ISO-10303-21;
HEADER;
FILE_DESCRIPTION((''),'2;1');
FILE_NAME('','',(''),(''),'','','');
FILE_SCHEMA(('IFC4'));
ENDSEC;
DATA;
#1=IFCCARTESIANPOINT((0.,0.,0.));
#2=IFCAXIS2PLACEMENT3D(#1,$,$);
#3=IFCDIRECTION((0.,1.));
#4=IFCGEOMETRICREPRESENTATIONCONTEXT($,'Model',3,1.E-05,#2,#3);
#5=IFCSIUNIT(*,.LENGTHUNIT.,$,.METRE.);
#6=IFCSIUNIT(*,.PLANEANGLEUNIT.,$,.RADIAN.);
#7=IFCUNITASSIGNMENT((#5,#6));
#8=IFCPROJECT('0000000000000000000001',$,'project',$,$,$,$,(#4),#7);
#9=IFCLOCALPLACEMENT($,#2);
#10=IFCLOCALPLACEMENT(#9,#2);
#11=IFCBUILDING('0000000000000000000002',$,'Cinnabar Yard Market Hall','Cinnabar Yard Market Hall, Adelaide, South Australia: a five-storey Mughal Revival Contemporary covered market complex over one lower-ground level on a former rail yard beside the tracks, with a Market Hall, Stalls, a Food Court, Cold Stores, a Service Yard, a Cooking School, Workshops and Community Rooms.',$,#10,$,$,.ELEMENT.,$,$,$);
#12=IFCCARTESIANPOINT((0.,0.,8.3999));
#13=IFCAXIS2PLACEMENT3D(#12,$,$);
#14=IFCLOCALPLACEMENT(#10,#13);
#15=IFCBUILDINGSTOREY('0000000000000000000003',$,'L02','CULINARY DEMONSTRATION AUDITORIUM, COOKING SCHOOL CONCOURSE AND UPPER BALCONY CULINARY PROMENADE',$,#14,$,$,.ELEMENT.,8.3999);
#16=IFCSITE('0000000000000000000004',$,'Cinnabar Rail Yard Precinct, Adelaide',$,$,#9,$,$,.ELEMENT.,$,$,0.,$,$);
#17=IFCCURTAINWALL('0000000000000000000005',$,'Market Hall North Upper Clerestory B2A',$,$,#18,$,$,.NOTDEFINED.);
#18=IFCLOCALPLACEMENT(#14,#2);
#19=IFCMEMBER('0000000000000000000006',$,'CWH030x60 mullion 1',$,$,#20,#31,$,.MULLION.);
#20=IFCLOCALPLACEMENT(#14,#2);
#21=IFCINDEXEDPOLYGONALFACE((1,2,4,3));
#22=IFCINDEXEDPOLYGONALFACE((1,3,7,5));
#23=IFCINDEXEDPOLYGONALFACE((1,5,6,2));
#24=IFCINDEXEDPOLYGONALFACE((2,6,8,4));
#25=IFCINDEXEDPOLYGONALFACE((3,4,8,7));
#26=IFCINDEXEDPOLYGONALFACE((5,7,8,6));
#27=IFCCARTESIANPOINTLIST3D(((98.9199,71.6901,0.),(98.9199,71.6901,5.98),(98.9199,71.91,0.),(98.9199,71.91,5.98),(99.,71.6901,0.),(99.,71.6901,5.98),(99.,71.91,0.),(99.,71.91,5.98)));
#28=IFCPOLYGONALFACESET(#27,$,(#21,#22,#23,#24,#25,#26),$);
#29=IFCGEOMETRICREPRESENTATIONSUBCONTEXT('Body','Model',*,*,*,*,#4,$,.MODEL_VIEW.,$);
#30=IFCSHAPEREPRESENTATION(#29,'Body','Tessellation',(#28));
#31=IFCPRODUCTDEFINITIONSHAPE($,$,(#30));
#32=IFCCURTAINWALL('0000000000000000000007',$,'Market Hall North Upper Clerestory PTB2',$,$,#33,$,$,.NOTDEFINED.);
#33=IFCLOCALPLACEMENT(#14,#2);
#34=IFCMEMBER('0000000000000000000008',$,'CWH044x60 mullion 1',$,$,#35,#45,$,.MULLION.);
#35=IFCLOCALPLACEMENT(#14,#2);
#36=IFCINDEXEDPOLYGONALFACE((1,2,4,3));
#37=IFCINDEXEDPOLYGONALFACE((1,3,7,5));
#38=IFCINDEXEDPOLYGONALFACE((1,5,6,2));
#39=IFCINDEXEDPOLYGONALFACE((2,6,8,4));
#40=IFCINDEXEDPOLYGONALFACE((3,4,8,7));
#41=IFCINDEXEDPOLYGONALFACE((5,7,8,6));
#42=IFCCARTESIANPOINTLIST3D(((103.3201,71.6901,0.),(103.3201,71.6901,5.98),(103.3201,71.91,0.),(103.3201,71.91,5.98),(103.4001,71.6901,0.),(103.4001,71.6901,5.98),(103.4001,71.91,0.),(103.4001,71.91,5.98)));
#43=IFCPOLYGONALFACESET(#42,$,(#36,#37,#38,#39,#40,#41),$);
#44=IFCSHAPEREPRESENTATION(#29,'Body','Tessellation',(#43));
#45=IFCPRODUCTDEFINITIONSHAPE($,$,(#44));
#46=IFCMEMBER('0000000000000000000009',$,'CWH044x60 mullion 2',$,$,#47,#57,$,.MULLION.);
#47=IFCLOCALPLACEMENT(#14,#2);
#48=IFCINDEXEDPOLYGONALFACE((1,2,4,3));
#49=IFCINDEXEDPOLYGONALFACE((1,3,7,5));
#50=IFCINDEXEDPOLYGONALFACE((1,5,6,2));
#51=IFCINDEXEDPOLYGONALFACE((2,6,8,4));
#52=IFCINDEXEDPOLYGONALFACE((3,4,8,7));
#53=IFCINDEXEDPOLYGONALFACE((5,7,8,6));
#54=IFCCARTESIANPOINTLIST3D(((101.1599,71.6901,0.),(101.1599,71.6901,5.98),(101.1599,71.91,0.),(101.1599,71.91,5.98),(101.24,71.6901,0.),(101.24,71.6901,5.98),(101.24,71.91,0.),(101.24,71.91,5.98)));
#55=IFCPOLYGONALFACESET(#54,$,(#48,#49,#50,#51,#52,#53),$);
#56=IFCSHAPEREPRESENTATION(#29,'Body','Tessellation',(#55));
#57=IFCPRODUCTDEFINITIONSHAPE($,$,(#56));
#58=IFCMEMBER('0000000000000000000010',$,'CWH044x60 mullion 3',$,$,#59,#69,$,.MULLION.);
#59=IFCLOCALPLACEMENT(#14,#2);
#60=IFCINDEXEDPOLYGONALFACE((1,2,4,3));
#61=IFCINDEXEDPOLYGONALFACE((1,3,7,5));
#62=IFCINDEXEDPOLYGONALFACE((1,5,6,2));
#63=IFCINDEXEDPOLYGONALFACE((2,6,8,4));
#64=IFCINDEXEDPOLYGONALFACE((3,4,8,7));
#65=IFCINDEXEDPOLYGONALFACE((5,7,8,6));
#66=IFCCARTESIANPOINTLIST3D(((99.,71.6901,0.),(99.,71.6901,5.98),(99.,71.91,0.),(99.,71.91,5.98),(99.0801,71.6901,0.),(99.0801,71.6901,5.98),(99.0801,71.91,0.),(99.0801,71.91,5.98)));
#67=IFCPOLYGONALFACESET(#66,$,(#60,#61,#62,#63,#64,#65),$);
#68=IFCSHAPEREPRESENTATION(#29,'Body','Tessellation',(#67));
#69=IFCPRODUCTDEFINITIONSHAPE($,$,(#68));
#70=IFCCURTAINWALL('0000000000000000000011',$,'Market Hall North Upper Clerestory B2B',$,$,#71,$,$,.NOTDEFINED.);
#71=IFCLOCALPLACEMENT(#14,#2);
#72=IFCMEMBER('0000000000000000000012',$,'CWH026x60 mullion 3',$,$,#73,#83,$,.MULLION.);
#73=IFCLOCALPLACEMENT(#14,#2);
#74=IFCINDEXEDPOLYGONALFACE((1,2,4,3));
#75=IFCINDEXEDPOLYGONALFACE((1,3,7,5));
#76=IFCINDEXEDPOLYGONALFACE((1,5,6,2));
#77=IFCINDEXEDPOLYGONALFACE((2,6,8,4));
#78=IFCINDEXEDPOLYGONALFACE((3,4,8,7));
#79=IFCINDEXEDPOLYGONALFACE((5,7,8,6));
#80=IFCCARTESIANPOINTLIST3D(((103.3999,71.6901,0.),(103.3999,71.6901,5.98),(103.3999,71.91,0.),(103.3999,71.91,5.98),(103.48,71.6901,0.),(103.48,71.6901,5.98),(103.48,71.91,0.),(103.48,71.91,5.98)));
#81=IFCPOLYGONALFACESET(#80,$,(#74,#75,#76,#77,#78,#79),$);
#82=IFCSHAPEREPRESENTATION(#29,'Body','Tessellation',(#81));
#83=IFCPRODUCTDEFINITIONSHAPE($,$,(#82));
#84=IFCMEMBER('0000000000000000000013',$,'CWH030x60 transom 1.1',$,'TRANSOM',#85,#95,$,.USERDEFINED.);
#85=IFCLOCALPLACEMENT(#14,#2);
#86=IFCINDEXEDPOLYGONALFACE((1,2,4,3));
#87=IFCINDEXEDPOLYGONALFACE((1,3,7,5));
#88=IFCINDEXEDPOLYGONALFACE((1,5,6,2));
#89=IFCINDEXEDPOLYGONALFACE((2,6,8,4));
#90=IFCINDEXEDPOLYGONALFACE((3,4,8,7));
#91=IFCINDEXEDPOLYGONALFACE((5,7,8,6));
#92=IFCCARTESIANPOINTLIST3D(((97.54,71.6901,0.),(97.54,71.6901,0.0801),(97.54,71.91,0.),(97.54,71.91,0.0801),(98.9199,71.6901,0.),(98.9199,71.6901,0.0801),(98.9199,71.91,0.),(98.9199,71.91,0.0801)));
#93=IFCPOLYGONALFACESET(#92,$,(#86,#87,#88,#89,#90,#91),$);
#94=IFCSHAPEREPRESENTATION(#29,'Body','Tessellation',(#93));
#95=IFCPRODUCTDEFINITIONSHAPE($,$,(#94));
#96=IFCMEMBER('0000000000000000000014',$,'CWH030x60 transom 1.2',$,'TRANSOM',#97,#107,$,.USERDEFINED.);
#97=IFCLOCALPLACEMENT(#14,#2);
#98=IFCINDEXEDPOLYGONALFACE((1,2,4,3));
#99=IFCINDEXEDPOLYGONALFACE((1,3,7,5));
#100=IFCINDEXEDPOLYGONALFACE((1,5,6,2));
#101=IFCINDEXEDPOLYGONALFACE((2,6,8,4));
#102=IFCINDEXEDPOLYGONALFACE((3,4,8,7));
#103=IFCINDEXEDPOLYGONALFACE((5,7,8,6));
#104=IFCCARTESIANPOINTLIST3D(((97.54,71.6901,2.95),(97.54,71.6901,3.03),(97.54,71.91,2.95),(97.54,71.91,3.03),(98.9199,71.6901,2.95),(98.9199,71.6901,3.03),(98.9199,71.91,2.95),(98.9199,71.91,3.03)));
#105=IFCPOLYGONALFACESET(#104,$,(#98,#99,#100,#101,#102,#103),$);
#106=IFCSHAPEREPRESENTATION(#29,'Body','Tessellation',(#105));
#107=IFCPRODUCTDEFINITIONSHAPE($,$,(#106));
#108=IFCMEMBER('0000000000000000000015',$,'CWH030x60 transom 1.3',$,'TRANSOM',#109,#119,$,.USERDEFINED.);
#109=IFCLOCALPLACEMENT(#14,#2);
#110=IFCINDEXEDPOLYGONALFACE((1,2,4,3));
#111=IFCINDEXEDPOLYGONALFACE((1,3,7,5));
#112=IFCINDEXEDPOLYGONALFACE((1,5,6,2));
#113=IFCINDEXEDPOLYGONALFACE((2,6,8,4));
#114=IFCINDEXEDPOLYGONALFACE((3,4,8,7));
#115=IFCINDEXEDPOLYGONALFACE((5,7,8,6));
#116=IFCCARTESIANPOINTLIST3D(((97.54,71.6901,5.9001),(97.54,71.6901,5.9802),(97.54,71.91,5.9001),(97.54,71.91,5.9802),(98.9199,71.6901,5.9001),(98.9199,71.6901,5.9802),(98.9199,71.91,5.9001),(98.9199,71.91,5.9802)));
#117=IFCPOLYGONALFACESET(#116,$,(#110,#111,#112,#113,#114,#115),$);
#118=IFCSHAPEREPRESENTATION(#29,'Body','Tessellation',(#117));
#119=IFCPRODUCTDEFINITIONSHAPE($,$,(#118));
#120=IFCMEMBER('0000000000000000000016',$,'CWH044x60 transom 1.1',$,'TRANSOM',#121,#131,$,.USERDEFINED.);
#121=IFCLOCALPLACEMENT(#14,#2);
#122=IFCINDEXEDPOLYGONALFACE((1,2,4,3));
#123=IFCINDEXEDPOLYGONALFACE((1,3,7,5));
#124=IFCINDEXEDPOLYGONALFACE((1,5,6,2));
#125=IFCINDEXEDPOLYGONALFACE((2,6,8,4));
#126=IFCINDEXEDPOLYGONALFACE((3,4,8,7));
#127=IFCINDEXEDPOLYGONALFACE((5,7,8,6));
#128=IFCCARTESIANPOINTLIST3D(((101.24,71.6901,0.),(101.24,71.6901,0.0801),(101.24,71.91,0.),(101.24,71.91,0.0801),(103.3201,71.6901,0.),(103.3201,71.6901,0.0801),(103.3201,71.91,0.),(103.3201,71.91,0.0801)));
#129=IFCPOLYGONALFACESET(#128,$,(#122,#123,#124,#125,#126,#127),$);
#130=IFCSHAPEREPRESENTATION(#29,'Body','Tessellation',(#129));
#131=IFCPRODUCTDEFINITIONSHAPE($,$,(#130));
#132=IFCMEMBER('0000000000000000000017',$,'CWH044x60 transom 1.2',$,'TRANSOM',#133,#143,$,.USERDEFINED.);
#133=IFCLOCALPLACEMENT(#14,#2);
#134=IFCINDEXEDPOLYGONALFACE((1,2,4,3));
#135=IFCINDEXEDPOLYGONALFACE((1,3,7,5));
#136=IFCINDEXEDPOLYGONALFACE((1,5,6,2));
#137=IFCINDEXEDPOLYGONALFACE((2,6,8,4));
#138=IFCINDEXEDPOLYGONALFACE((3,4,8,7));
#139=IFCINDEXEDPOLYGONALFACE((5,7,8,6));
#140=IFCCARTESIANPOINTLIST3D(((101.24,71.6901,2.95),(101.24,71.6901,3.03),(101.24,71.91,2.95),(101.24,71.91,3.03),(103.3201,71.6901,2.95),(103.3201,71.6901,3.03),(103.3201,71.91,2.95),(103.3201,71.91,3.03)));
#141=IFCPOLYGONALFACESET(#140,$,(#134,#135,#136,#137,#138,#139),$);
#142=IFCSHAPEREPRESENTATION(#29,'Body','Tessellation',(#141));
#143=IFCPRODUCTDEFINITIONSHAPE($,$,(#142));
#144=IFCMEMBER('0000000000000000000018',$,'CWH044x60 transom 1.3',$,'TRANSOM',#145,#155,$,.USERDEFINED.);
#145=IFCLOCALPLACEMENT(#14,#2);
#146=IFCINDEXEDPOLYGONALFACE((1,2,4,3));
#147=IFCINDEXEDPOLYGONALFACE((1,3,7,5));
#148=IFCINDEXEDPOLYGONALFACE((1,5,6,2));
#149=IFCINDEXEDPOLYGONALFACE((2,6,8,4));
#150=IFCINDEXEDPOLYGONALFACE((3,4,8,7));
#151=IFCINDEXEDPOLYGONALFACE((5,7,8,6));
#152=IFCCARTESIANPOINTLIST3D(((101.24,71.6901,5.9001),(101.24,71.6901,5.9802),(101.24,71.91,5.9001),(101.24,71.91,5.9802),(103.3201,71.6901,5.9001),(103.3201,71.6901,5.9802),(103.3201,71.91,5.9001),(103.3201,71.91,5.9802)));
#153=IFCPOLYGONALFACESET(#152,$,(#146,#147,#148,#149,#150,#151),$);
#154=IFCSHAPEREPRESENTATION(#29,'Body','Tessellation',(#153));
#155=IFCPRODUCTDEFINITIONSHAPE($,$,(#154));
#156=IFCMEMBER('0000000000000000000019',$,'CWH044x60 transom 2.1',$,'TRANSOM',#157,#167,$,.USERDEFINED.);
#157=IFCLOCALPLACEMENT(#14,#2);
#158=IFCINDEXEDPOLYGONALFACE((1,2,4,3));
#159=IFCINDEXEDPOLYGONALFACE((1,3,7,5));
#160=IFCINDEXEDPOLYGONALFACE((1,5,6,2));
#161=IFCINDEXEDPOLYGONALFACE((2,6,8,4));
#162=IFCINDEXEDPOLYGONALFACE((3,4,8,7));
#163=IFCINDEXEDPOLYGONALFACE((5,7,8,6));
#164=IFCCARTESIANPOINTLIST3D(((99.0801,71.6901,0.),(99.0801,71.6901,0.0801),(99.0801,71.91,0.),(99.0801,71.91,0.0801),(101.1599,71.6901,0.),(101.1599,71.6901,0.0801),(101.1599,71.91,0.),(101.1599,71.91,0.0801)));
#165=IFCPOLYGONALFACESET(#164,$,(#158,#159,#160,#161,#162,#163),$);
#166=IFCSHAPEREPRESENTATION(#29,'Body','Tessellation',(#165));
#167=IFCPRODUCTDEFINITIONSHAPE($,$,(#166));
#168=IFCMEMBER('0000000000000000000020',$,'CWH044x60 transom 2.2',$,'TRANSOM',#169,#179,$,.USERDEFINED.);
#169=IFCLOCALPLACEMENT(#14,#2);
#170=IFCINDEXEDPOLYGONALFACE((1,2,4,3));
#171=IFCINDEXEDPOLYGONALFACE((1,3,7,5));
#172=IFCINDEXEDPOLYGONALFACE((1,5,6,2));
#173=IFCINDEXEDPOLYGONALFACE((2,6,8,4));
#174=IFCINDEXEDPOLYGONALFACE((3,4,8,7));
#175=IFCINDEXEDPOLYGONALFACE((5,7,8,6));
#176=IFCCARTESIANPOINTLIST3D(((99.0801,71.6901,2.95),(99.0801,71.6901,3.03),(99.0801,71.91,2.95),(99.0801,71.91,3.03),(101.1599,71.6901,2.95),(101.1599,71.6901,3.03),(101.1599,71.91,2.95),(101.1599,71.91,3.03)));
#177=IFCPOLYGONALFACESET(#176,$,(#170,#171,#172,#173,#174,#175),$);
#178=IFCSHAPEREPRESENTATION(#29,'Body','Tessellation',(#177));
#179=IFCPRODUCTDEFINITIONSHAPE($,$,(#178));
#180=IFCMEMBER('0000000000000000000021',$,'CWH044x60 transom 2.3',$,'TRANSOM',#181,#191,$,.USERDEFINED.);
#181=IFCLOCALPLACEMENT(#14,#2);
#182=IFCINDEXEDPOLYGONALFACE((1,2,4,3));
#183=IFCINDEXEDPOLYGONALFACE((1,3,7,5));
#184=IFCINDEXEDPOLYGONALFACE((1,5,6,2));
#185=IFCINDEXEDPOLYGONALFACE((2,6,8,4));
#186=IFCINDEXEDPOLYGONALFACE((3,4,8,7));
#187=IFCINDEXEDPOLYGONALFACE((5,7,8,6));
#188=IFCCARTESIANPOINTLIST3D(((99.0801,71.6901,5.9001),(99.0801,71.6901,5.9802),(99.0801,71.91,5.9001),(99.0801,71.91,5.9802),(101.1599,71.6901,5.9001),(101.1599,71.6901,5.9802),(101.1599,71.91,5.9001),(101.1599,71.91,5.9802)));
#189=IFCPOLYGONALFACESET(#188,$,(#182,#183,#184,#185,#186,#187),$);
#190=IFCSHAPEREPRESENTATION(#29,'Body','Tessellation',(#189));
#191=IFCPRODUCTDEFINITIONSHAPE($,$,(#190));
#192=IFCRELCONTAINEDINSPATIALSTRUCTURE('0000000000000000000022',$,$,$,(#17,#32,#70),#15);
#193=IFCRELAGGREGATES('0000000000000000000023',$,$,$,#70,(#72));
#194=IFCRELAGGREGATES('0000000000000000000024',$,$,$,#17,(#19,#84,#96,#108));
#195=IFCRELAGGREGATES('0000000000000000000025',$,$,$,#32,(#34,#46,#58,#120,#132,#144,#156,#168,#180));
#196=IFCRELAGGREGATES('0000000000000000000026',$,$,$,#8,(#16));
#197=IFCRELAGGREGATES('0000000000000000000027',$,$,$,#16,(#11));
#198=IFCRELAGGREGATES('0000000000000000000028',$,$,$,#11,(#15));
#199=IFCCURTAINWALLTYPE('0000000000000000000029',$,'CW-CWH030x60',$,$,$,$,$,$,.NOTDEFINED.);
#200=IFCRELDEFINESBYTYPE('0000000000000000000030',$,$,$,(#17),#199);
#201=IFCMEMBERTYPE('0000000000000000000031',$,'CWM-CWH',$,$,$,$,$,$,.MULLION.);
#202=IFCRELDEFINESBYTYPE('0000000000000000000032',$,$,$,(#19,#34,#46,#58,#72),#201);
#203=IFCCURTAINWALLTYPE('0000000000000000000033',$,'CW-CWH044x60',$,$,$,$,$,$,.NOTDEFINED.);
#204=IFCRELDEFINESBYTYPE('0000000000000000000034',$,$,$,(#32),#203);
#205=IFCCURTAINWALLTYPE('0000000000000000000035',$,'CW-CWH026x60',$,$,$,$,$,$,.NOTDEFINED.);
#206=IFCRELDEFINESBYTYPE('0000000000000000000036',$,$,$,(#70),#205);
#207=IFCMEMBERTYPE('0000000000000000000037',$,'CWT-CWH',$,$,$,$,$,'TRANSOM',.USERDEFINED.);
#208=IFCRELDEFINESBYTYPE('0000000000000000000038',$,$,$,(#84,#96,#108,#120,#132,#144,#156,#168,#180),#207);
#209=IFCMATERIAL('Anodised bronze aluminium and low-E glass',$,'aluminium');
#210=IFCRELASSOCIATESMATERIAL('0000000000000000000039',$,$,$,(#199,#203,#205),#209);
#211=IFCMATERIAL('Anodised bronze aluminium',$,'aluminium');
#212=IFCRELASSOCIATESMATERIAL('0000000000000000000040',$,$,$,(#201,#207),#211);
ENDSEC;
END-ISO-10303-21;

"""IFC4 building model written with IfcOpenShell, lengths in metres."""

from ifc_helpers import new_model, si_unit, direction, frame, origin, origin_2d_with_axis, place, context, subcontext, project, spatial, rectangle, extrude, material, material_profile, profile_set, type_object, element, aggregate, save


model = new_model("IFC4")

# Units and contexts
model_context = context("Model", 3, precision=1e-05, world=origin(), true_north=direction((0.0, 1.0)))
body_context = subcontext(model_context, "Body", "Model", "MODEL_VIEW")
ifc_project = project(units=[si_unit("LENGTHUNIT", "METRE"), si_unit("PLANEANGLEUNIT", "RADIAN")], contexts=[model_context])

# Site, building, storey
site_placement = place(None, origin())
site = spatial("IfcSite", under=ifc_project, at=site_placement, Name="Cinnabar Rail Yard Precinct, Adelaide", CompositionType="ELEMENT", RefElevation=0.0)
building_placement = place(site_placement, origin())
building = spatial("IfcBuilding", under=site, at=building_placement, Name="Cinnabar Yard Market Hall", Description="Cinnabar Yard Market Hall, Adelaide, South Australia: a five-storey Mughal Revival Contemporary covered market complex over one lower-ground level on a former rail yard beside the tracks, with a Market Hall, Stalls, a Food Court, Cold Stores, a Service Yard, a Cooking School, Workshops and Community Rooms.", CompositionType="ELEMENT")
storey_placement = place(building_placement, frame((0.0, 0.0, 8.3999)))
storey = spatial("IfcBuildingStorey", under=building, at=storey_placement, Name="L02", Description="CULINARY DEMONSTRATION AUDITORIUM, COOKING SCHOOL CONCOURSE AND UPPER BALCONY CULINARY PROMENADE", CompositionType="ELEMENT", Elevation=8.3999)

# Curtain wall, member
ifc_material_1 = material(Name="Anodised bronze aluminium and low-E glass", Category="aluminium")
curtain_wall_type_1 = type_object("IfcCurtainWallType", Name="CW-CWH030x60", PredefinedType="NOTDEFINED", material=ifc_material_1)
curtain_wall_1_placement = place(storey_placement, origin())
curtain_wall_1 = element("IfcCurtainWall", 1, at=curtain_wall_1_placement, inside=storey, type_object=curtain_wall_type_1, Name="Market Hall North Upper Clerestory B2A", PredefinedType="NOTDEFINED")
ifc_material_2 = material(Name="Anodised bronze aluminium", Category="aluminium")
ifc_material_profile_1 = material_profile(ifc_material_2, rectangle(XDim=0.22, YDim=0.0801, at=origin_2d_with_axis()), Name="MUL-CWH")
ifc_profile_set_1 = profile_set([ifc_material_profile_1], Name="Anodised bronze aluminium")
member_type_1 = type_object("IfcMemberType", Name="CWM-CWH", PredefinedType="MULLION", material=ifc_profile_set_1)
member_1_placement = place(storey_placement, frame((98.96, 71.8, 0.0), z_axis=(0.0, 0.0, 1.0), x_axis=(0.0, -1.0, 0.0)))
member_1 = element("IfcMember", 2, at=member_1_placement, type_object=member_type_1, Name="CWH030x60 mullion 1", PredefinedType="MULLION", context=body_context, shape_type="SweptSolid", body=[
    extrude(rectangle(XDim=0.22, YDim=0.0801, at=origin_2d_with_axis()), origin(), (0.0, 0.0, 1.0), 5.98),
])

# Curtain wall, members
curtain_wall_type_2 = type_object("IfcCurtainWallType", Name="CW-CWH044x60", PredefinedType="NOTDEFINED", material=ifc_material_1)
curtain_wall_2_placement = place(storey_placement, origin())
curtain_wall_2 = element("IfcCurtainWall", 3, at=curtain_wall_2_placement, inside=storey, type_object=curtain_wall_type_2, Name="Market Hall North Upper Clerestory PTB2", PredefinedType="NOTDEFINED")
member_2_placement = place(storey_placement, frame((103.3601, 71.8, 0.0), z_axis=(0.0, 0.0, 1.0), x_axis=(0.0, -1.0, 0.0)))
member_2 = element("IfcMember", 4, at=member_2_placement, type_object=member_type_1, Name="CWH044x60 mullion 1", PredefinedType="MULLION", context=body_context, shape_type="SweptSolid", body=[
    extrude(rectangle(XDim=0.22, YDim=0.0801, at=origin_2d_with_axis()), origin(), (0.0, 0.0, 1.0), 5.98),
])
member_3_placement = place(storey_placement, frame((101.2, 71.8, 0.0), z_axis=(0.0, 0.0, 1.0), x_axis=(0.0, -1.0, 0.0)))
member_3 = element("IfcMember", 5, at=member_3_placement, type_object=member_type_1, Name="CWH044x60 mullion 2", PredefinedType="MULLION", context=body_context, shape_type="SweptSolid", body=[
    extrude(rectangle(XDim=0.22, YDim=0.0801, at=origin_2d_with_axis()), origin(), (0.0, 0.0, 1.0), 5.98),
])
member_4_placement = place(storey_placement, frame((99.04, 71.8, 0.0), z_axis=(0.0, 0.0, 1.0), x_axis=(0.0, -1.0, 0.0)))
member_4 = element("IfcMember", 6, at=member_4_placement, type_object=member_type_1, Name="CWH044x60 mullion 3", PredefinedType="MULLION", context=body_context, shape_type="SweptSolid", body=[
    extrude(rectangle(XDim=0.22, YDim=0.0801, at=origin_2d_with_axis()), origin(), (0.0, 0.0, 1.0), 5.98),
])

# Curtain wall, member
curtain_wall_type_3 = type_object("IfcCurtainWallType", Name="CW-CWH026x60", PredefinedType="NOTDEFINED", material=ifc_material_1)
curtain_wall_3_placement = place(storey_placement, origin())
curtain_wall_3 = element("IfcCurtainWall", 7, at=curtain_wall_3_placement, inside=storey, type_object=curtain_wall_type_3, Name="Market Hall North Upper Clerestory B2B", PredefinedType="NOTDEFINED")
member_5_placement = place(storey_placement, frame((103.4399, 71.8, 0.0), z_axis=(0.0, 0.0, 1.0), x_axis=(0.0, -1.0, 0.0)))
member_5 = element("IfcMember", 8, at=member_5_placement, type_object=member_type_1, Name="CWH026x60 mullion 3", PredefinedType="MULLION", context=body_context, shape_type="SweptSolid", body=[
    extrude(rectangle(XDim=0.22, YDim=0.0801, at=origin_2d_with_axis()), origin(), (0.0, 0.0, 1.0), 5.98),
])
aggregate(curtain_wall_3, [member_5])

# Members
ifc_material_profile_2 = material_profile(ifc_material_2, rectangle(XDim=0.22, YDim=0.0801, at=origin_2d_with_axis()), Name="TRN-CWH")
ifc_profile_set_2 = profile_set([ifc_material_profile_2], Name="Anodised bronze aluminium")
member_type_2 = type_object("IfcMemberType", Name="CWT-CWH", ElementType="TRANSOM", PredefinedType="USERDEFINED", material=ifc_profile_set_2)
member_6_placement = place(storey_placement, frame((98.9199, 71.8, 0.04), z_axis=(-1.0, 0.0, 0.0), x_axis=(0.0, -1.0, 0.0)))
member_6 = element("IfcMember", 9, at=member_6_placement, type_object=member_type_2, Name="CWH030x60 transom 1.1", ObjectType="TRANSOM", PredefinedType="USERDEFINED", context=body_context, shape_type="SweptSolid", body=[
    extrude(rectangle(XDim=0.22, YDim=0.0801, at=origin_2d_with_axis()), origin(), (0.0, 0.0, 1.0), 1.3799),
])
member_7_placement = place(storey_placement, frame((98.9199, 71.8, 2.99), z_axis=(-1.0, 0.0, 0.0), x_axis=(0.0, -1.0, 0.0)))
member_7 = element("IfcMember", 10, at=member_7_placement, type_object=member_type_2, Name="CWH030x60 transom 1.2", ObjectType="TRANSOM", PredefinedType="USERDEFINED", context=body_context, shape_type="SweptSolid", body=[
    extrude(rectangle(XDim=0.22, YDim=0.0801, at=origin_2d_with_axis()), origin(), (0.0, 0.0, 1.0), 1.3799),
])
member_8_placement = place(storey_placement, frame((98.9199, 71.8, 5.9402), z_axis=(-1.0, 0.0, 0.0), x_axis=(0.0, -1.0, 0.0)))
member_8 = element("IfcMember", 11, at=member_8_placement, type_object=member_type_2, Name="CWH030x60 transom 1.3", ObjectType="TRANSOM", PredefinedType="USERDEFINED", context=body_context, shape_type="SweptSolid", body=[
    extrude(rectangle(XDim=0.22, YDim=0.0801, at=origin_2d_with_axis()), origin(), (0.0, 0.0, 1.0), 1.3799),
])
aggregate(curtain_wall_1, [member_1, member_6, member_7, member_8])
member_9_placement = place(storey_placement, frame((103.3201, 71.8, 0.04), z_axis=(-1.0, 0.0, 0.0), x_axis=(0.0, -1.0, 0.0)))
member_9 = element("IfcMember", 12, at=member_9_placement, type_object=member_type_2, Name="CWH044x60 transom 1.1", ObjectType="TRANSOM", PredefinedType="USERDEFINED", context=body_context, shape_type="SweptSolid", body=[
    extrude(rectangle(XDim=0.22, YDim=0.0801, at=origin_2d_with_axis()), origin(), (0.0, 0.0, 1.0), 2.0801),
])
member_10_placement = place(storey_placement, frame((103.3201, 71.8, 2.99), z_axis=(-1.0, 0.0, 0.0), x_axis=(0.0, -1.0, 0.0)))
member_10 = element("IfcMember", 13, at=member_10_placement, type_object=member_type_2, Name="CWH044x60 transom 1.2", ObjectType="TRANSOM", PredefinedType="USERDEFINED", context=body_context, shape_type="SweptSolid", body=[
    extrude(rectangle(XDim=0.22, YDim=0.0801, at=origin_2d_with_axis()), origin(), (0.0, 0.0, 1.0), 2.0801),
])
member_11_placement = place(storey_placement, frame((103.3201, 71.8, 5.9402), z_axis=(-1.0, 0.0, 0.0), x_axis=(0.0, -1.0, 0.0)))
member_11 = element("IfcMember", 14, at=member_11_placement, type_object=member_type_2, Name="CWH044x60 transom 1.3", ObjectType="TRANSOM", PredefinedType="USERDEFINED", context=body_context, shape_type="SweptSolid", body=[
    extrude(rectangle(XDim=0.22, YDim=0.0801, at=origin_2d_with_axis()), origin(), (0.0, 0.0, 1.0), 2.0801),
])
member_12_placement = place(storey_placement, frame((101.1599, 71.8, 0.04), z_axis=(-1.0, 0.0, 0.0), x_axis=(0.0, -1.0, 0.0)))
member_12 = element("IfcMember", 15, at=member_12_placement, type_object=member_type_2, Name="CWH044x60 transom 2.1", ObjectType="TRANSOM", PredefinedType="USERDEFINED", context=body_context, shape_type="SweptSolid", body=[
    extrude(rectangle(XDim=0.22, YDim=0.0801, at=origin_2d_with_axis()), origin(), (0.0, 0.0, 1.0), 2.0798),
])
member_13_placement = place(storey_placement, frame((101.1599, 71.8, 2.99), z_axis=(-1.0, 0.0, 0.0), x_axis=(0.0, -1.0, 0.0)))
member_13 = element("IfcMember", 16, at=member_13_placement, type_object=member_type_2, Name="CWH044x60 transom 2.2", ObjectType="TRANSOM", PredefinedType="USERDEFINED", context=body_context, shape_type="SweptSolid", body=[
    extrude(rectangle(XDim=0.22, YDim=0.0801, at=origin_2d_with_axis()), origin(), (0.0, 0.0, 1.0), 2.0798),
])
member_14_placement = place(storey_placement, frame((101.1599, 71.8, 5.9402), z_axis=(-1.0, 0.0, 0.0), x_axis=(0.0, -1.0, 0.0)))
member_14 = element("IfcMember", 17, at=member_14_placement, type_object=member_type_2, Name="CWH044x60 transom 2.3", ObjectType="TRANSOM", PredefinedType="USERDEFINED", context=body_context, shape_type="SweptSolid", body=[
    extrude(rectangle(XDim=0.22, YDim=0.0801, at=origin_2d_with_axis()), origin(), (0.0, 0.0, 1.0), 2.0798),
])

aggregate(curtain_wall_2, [member_2, member_3, member_4, member_9, member_10, member_11, member_12, member_13, member_14])

save(model, "model.ifc")
